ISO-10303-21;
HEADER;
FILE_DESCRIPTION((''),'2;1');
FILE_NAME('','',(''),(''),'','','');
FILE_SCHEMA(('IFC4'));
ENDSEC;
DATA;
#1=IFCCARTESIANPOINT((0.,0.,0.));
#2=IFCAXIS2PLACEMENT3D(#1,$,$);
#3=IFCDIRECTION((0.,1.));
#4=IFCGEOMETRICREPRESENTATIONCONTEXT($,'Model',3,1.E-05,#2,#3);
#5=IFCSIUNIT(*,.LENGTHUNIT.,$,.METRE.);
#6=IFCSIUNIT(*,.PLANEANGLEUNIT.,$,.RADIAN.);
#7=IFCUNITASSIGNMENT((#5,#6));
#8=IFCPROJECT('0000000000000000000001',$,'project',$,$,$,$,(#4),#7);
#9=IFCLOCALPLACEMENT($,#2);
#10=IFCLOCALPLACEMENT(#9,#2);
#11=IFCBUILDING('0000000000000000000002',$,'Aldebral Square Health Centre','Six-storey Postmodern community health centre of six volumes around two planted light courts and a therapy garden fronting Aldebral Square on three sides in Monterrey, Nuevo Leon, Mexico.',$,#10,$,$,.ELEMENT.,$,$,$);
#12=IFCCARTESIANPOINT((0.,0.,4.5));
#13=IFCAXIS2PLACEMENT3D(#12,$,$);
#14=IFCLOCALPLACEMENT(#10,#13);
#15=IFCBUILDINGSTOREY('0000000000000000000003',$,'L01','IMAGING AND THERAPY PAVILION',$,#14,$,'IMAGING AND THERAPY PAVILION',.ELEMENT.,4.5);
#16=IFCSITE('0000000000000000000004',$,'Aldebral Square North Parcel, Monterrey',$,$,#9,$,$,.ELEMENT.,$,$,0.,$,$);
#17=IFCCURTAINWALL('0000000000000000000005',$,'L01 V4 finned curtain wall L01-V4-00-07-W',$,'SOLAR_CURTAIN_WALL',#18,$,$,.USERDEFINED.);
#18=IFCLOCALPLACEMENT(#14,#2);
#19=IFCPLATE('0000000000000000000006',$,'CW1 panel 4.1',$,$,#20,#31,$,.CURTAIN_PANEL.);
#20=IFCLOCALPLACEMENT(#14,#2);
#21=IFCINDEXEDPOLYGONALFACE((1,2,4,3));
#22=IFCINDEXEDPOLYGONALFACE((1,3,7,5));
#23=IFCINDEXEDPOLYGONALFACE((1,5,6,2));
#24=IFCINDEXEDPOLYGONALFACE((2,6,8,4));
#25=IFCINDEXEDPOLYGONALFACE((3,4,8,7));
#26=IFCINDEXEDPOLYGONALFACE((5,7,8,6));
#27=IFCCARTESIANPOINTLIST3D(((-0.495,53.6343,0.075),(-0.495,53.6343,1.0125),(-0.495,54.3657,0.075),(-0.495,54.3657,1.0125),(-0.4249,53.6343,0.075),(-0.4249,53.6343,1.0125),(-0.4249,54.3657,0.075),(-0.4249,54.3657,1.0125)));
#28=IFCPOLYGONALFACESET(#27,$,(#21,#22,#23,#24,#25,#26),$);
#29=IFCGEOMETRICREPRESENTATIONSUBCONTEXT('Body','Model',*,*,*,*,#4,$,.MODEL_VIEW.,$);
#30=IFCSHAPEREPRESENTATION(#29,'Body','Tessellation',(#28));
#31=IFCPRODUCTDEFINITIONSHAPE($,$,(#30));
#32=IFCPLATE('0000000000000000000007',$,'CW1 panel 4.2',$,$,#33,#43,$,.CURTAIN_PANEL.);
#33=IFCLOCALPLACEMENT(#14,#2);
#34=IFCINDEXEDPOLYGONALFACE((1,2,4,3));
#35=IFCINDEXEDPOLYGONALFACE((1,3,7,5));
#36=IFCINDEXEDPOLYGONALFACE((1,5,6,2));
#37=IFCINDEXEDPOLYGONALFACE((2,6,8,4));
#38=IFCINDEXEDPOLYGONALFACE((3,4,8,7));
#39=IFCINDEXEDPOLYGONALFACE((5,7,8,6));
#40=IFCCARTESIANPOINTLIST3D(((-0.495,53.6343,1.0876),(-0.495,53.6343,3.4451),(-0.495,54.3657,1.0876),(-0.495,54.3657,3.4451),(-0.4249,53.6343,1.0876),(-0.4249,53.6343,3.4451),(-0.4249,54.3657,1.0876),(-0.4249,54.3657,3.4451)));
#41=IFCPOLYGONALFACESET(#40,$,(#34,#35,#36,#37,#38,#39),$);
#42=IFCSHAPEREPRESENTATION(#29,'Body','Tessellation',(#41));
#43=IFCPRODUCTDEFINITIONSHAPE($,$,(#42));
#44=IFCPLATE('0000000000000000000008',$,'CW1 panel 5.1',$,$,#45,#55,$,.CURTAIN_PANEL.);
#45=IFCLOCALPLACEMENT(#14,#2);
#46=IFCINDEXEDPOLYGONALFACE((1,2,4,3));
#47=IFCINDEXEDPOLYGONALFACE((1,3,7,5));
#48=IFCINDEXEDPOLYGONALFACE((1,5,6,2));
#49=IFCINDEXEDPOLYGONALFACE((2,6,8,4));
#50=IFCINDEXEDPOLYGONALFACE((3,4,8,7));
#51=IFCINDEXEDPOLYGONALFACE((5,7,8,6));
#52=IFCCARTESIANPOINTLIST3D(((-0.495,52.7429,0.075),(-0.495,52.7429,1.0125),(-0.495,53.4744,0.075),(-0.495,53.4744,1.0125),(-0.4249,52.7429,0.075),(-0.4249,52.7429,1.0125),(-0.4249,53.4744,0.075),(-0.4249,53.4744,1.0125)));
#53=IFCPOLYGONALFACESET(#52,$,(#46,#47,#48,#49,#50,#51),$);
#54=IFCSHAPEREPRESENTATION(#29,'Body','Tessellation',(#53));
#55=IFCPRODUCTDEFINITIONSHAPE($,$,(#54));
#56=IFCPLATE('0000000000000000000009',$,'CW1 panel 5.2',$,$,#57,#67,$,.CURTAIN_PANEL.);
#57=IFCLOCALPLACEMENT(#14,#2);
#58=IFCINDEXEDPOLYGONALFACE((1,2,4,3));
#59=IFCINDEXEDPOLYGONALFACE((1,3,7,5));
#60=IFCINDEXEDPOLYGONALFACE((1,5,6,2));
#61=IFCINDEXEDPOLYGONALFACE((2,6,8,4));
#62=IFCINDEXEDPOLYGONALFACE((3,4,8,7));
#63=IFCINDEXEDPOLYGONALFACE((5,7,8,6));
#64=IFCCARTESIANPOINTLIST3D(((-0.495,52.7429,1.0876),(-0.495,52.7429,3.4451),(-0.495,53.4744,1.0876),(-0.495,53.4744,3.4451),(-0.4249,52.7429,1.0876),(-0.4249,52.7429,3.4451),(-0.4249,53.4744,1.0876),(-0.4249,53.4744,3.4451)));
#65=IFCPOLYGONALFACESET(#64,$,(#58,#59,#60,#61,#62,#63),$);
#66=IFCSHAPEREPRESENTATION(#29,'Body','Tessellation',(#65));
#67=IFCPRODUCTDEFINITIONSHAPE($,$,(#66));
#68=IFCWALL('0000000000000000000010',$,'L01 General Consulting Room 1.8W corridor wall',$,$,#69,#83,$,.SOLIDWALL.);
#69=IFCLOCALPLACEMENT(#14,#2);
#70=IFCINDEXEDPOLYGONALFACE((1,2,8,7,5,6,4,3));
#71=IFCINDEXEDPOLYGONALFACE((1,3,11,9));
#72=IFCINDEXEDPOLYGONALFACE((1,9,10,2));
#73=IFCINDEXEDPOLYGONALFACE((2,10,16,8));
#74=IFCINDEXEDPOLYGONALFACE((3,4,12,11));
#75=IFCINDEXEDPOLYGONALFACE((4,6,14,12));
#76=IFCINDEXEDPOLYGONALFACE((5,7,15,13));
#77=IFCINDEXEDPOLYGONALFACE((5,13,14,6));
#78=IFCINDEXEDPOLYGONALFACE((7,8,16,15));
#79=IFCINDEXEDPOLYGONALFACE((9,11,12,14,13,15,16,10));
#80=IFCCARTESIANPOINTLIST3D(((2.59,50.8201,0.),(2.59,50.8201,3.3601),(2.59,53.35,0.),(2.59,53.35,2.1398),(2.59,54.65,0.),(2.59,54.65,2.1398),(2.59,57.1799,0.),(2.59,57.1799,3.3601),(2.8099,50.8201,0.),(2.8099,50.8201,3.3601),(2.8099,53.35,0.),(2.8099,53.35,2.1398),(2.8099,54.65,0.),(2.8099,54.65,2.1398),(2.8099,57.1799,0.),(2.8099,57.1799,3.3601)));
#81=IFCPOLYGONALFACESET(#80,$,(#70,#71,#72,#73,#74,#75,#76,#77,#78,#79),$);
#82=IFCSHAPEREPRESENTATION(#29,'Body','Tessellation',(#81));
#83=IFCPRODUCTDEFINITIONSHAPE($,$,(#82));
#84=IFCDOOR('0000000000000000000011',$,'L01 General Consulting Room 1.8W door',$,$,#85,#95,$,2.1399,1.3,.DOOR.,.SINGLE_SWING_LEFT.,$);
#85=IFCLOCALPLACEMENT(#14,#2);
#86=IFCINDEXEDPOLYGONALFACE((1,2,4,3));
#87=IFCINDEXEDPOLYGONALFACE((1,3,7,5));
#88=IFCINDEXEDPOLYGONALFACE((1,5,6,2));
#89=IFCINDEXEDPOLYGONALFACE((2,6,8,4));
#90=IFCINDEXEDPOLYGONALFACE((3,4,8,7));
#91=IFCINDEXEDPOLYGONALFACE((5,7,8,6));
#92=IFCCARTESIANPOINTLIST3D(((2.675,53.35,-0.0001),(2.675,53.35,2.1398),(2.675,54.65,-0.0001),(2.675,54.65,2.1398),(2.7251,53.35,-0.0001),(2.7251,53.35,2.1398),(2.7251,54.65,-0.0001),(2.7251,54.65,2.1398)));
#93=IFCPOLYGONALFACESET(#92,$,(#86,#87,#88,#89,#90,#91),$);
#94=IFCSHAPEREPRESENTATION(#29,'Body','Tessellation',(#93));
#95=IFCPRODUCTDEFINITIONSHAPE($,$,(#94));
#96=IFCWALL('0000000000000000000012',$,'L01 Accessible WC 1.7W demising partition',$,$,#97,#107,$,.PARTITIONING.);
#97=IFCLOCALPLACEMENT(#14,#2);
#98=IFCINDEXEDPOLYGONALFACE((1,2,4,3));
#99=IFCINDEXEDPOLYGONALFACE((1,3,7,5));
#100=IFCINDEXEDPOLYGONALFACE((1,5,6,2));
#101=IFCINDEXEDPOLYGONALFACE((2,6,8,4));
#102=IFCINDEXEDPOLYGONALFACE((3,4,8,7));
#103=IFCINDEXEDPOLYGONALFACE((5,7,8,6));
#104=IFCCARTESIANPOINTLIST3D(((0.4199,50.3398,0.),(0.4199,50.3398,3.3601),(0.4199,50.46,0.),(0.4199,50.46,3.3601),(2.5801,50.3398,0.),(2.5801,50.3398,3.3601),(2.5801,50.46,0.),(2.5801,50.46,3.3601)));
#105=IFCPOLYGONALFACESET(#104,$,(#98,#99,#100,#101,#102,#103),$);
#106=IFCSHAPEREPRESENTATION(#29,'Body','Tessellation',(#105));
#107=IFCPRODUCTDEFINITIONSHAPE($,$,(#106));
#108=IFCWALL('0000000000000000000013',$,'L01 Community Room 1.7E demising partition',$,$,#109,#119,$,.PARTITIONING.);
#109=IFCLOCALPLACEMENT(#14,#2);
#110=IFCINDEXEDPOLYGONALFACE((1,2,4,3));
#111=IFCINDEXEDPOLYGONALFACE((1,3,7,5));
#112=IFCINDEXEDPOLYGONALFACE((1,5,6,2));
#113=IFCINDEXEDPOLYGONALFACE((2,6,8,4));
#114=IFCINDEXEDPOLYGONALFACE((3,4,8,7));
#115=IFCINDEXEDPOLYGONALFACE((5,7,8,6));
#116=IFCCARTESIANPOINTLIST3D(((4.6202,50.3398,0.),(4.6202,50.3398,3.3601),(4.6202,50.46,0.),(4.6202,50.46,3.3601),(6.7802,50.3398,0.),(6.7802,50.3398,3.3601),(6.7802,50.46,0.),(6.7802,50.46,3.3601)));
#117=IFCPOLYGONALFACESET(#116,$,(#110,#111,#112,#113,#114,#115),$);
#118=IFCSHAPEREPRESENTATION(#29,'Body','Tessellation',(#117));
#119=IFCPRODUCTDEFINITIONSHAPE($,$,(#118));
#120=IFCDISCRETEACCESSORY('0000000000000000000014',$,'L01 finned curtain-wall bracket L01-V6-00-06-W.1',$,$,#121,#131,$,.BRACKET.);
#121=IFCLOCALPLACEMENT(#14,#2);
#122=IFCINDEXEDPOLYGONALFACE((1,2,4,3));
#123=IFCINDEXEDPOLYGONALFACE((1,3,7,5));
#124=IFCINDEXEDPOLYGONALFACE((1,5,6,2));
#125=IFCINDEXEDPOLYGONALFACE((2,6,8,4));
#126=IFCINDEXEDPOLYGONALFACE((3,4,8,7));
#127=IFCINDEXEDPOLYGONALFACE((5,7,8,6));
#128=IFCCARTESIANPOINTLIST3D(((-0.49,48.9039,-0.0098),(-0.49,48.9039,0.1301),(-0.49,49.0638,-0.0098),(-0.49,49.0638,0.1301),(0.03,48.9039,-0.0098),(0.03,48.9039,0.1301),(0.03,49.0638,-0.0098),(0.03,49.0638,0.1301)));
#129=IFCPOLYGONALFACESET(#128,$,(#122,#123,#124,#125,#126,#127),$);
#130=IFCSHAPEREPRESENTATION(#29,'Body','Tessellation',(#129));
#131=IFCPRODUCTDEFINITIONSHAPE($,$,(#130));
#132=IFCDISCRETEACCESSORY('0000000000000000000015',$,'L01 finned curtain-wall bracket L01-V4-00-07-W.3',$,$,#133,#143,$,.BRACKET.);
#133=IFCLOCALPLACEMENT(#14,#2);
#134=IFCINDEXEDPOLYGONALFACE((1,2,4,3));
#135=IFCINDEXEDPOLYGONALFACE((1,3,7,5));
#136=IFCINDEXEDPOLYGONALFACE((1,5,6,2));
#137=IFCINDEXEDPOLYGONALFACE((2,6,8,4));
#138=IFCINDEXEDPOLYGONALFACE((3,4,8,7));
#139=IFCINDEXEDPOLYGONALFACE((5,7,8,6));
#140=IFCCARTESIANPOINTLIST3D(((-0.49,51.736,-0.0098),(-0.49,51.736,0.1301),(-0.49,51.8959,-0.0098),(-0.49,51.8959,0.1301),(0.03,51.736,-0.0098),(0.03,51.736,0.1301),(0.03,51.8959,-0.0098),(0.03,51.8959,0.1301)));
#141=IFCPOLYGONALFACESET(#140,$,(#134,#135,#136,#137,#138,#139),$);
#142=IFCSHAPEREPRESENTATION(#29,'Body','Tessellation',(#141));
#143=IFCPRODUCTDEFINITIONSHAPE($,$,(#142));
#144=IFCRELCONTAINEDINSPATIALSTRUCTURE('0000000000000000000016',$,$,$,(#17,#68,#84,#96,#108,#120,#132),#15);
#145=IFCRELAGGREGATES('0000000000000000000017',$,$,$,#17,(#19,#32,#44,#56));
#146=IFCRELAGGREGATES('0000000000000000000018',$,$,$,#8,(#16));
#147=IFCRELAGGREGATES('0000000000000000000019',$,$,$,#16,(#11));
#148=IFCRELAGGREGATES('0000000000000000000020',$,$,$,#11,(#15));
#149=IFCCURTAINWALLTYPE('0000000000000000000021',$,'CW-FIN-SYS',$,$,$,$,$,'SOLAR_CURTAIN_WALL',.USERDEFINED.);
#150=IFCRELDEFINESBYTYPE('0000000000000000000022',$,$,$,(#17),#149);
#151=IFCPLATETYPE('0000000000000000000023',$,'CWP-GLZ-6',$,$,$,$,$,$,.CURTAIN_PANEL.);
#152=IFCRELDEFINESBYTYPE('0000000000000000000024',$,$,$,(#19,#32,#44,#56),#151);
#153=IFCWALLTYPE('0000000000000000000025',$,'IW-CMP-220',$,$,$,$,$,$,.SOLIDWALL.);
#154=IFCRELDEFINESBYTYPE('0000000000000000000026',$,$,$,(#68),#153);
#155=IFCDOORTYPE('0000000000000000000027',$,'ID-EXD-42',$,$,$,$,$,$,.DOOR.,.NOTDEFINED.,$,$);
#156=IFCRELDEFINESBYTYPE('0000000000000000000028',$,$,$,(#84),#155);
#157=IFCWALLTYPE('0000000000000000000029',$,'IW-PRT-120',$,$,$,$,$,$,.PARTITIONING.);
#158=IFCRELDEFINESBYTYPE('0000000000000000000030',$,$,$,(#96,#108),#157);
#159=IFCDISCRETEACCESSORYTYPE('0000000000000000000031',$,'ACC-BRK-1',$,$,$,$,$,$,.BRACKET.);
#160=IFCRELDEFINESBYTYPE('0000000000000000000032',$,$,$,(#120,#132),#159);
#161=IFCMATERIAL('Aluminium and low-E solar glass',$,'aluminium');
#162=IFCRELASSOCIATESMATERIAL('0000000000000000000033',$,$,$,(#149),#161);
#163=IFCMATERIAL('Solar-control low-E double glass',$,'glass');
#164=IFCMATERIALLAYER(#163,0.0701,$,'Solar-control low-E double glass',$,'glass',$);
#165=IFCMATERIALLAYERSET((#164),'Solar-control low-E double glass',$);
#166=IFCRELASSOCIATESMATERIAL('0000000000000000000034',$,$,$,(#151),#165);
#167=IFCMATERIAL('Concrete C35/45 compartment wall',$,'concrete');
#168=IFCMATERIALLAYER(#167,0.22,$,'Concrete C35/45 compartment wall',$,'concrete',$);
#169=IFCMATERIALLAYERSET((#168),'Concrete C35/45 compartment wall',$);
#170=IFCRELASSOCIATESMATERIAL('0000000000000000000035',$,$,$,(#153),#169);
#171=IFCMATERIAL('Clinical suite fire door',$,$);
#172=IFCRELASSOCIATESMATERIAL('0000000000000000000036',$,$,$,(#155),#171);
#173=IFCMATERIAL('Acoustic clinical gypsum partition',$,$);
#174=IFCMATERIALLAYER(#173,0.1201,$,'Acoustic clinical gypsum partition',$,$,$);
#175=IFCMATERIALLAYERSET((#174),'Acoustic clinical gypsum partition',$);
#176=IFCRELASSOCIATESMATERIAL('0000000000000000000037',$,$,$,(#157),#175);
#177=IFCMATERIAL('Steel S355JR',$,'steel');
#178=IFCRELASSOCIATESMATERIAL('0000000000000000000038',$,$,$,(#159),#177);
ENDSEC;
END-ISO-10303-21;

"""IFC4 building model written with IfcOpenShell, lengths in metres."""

from ifc_helpers import new_model, si_unit, direction, frame, frame_2d, origin, origin_2d, place, context, subcontext, project, spatial, rectangle, extrude, material, layer, layer_set, type_object, element, fill, aggregate, save


model = new_model("IFC4")

# Units and contexts
model_context = context("Model", 3, precision=1e-05, world=origin(), true_north=direction((0.0, 1.0)))
body_context = subcontext(model_context, "Body", "Model", "MODEL_VIEW")
ifc_project = project(units=[si_unit("LENGTHUNIT", "METRE"), si_unit("PLANEANGLEUNIT", "RADIAN")], contexts=[model_context])

# Site, building, storey
site_placement = place(None, origin())
site = spatial("IfcSite", under=ifc_project, at=site_placement, Name="Aldebral Square North Parcel, Monterrey", CompositionType="ELEMENT", RefElevation=0.0)
building_placement = place(site_placement, origin())
building = spatial("IfcBuilding", under=site, at=building_placement, Name="Aldebral Square Health Centre", Description="Six-storey Postmodern community health centre of six volumes around two planted light courts and a therapy garden fronting Aldebral Square on three sides in Monterrey, Nuevo Leon, Mexico.", CompositionType="ELEMENT")
storey_placement = place(building_placement, frame((0.0, 0.0, 4.5)))
storey = spatial("IfcBuildingStorey", under=building, at=storey_placement, Name="L01", Description="IMAGING AND THERAPY PAVILION", LongName="IMAGING AND THERAPY PAVILION", CompositionType="ELEMENT", Elevation=4.5)

# Curtain wall, plates
ifc_material_1 = material(Name="Aluminium and low-E solar glass", Category="aluminium")
curtain_wall_type = type_object("IfcCurtainWallType", Name="CW-FIN-SYS", ElementType="SOLAR_CURTAIN_WALL", PredefinedType="USERDEFINED", material=ifc_material_1)
curtain_wall_placement = place(storey_placement, origin())
curtain_wall = element("IfcCurtainWall", 1, at=curtain_wall_placement, inside=storey, type_object=curtain_wall_type, Name="L01 V4 finned curtain wall L01-V4-00-07-W", ObjectType="SOLAR_CURTAIN_WALL", PredefinedType="USERDEFINED")
ifc_material_2 = material(Name="Solar-control low-E double glass", Category="glass")
ifc_layer_1 = layer(ifc_material_2, 0.0701, Name="Solar-control low-E double glass", Category="glass")
ifc_layer_set_1 = layer_set([ifc_layer_1], Name="Solar-control low-E double glass")
plate_type = type_object("IfcPlateType", Name="CWP-GLZ-6", PredefinedType="CURTAIN_PANEL", material=ifc_layer_set_1)
plate_1_placement = place(storey_placement, frame((-0.46, 54.0, 0.075), z_axis=(0.0, 0.0, 1.0), x_axis=(0.0, -1.0, 0.0)))
plate_1 = element("IfcPlate", 2, at=plate_1_placement, type_object=plate_type, Name="CW1 panel 4.1", PredefinedType="CURTAIN_PANEL", context=body_context, shape_type="SweptSolid", body=[
    extrude(rectangle(XDim=0.7314, YDim=0.0701, at=origin_2d()), origin(), (0.0, 0.0, 1.0), 0.9375),
])
plate_2_placement = place(storey_placement, frame((-0.46, 54.0, 1.0876), z_axis=(0.0, 0.0, 1.0), x_axis=(0.0, -1.0, 0.0)))
plate_2 = element("IfcPlate", 3, at=plate_2_placement, type_object=plate_type, Name="CW1 panel 4.2", PredefinedType="CURTAIN_PANEL", context=body_context, shape_type="SweptSolid", body=[
    extrude(rectangle(XDim=0.7314, YDim=0.0701, at=origin_2d()), origin(), (0.0, 0.0, 1.0), 2.3574),
])
plate_3_placement = place(storey_placement, frame((-0.46, 53.1086, 0.075), z_axis=(0.0, 0.0, 1.0), x_axis=(0.0, -1.0, 0.0)))
plate_3 = element("IfcPlate", 4, at=plate_3_placement, type_object=plate_type, Name="CW1 panel 5.1", PredefinedType="CURTAIN_PANEL", context=body_context, shape_type="SweptSolid", body=[
    extrude(rectangle(XDim=0.7314, YDim=0.0701, at=origin_2d()), origin(), (0.0, 0.0, 1.0), 0.9375),
])
plate_4_placement = place(storey_placement, frame((-0.46, 53.1086, 1.0876), z_axis=(0.0, 0.0, 1.0), x_axis=(0.0, -1.0, 0.0)))
plate_4 = element("IfcPlate", 5, at=plate_4_placement, type_object=plate_type, Name="CW1 panel 5.2", PredefinedType="CURTAIN_PANEL", context=body_context, shape_type="SweptSolid", body=[
    extrude(rectangle(XDim=0.7314, YDim=0.0701, at=origin_2d()), origin(), (0.0, 0.0, 1.0), 2.3574),
])
aggregate(curtain_wall, [plate_1, plate_2, plate_3, plate_4])

# Wall, opening, door
ifc_material_3 = material(Name="Concrete C35/45 compartment wall", Category="concrete")
ifc_material_4 = material(Name="Clinical suite fire door")
ifc_layer_2 = layer(ifc_material_3, 0.22, Name="Concrete C35/45 compartment wall", Category="concrete")
ifc_layer_set_2 = layer_set([ifc_layer_2], Name="Concrete C35/45 compartment wall")
wall_type_1 = type_object("IfcWallType", Name="IW-CMP-220", PredefinedType="SOLIDWALL", material=ifc_layer_set_2)
wall_1_placement = place(storey_placement, frame((2.7, 50.8201, 0.0), z_axis=(0.0, 0.0, 1.0), x_axis=(0.0, 1.0, 0.0)))
wall_1 = element("IfcWall", 6, at=wall_1_placement, inside=storey, type_object=wall_type_1, Name="L01 General Consulting Room 1.8W corridor wall", PredefinedType="SOLIDWALL", context=body_context, shape_type="SweptSolid", body=[
    extrude(rectangle(XDim=6.3599, YDim=0.22, at=frame_2d((3.1799, 0.0))), origin(), (0.0, 0.0, 1.0), 3.3601),
])
opening_1_placement = place(wall_1_placement, frame((2.53, 0.0, 0.0)))
opening_1 = element("IfcOpeningElement", 7, at=opening_1_placement, cuts=wall_1, PredefinedType="OPENING", context=body_context, shape_type="SweptSolid", body=[
    extrude(rectangle(XDim=1.3, YDim=2.1399, at=frame_2d((0.6499, 1.0698))), frame((0.0, 0.1201, 0.0), z_axis=(0.0, -1.0, 0.0), x_axis=(1.0, 0.0, 0.0)), (0.0, 0.0, 1.0), 0.24),
])
door_type_1 = type_object("IfcDoorType", Name="ID-EXD-42", OperationType="NOTDEFINED", PredefinedType="DOOR", material=ifc_material_4)
door_1_placement = place(opening_1_placement, origin())
door_1 = element("IfcDoor", 8, at=door_1_placement, inside=storey, type_object=door_type_1, Name="L01 General Consulting Room 1.8W door", OperationType="SINGLE_SWING_LEFT", OverallHeight=2.1399, OverallWidth=1.3, PredefinedType="DOOR", context=body_context, shape_type="SweptSolid", body=[
    extrude(rectangle(XDim=1.3, YDim=2.1399, at=frame_2d((0.6499, 1.0698))), frame((0.0, 0.0249, 0.0), z_axis=(0.0, -1.0, 0.0), x_axis=(1.0, 0.0, 0.0)), (0.0, 0.0, 1.0), 0.05),
])
fill(opening_1, door_1)

# Walls
ifc_material_5 = material(Name="Acoustic clinical gypsum partition")
ifc_layer_3 = layer(ifc_material_5, 0.1201, Name="Acoustic clinical gypsum partition")
ifc_layer_set_3 = layer_set([ifc_layer_3], Name="Acoustic clinical gypsum partition")
wall_type_2 = type_object("IfcWallType", Name="IW-PRT-120", PredefinedType="PARTITIONING", material=ifc_layer_set_3)
wall_2_placement = place(storey_placement, frame((0.4199, 50.3999, 0.0), z_axis=(0.0, 0.0, 1.0), x_axis=(1.0, 0.0, 0.0)))
element("IfcWall", 9, at=wall_2_placement, inside=storey, type_object=wall_type_2, Name="L01 Accessible WC 1.7W demising partition", PredefinedType="PARTITIONING", context=body_context, shape_type="SweptSolid", body=[
    extrude(rectangle(XDim=2.1602, YDim=0.1201, at=frame_2d((1.0801, 0.0))), origin(), (0.0, 0.0, 1.0), 3.3601),
])
wall_3_placement = place(storey_placement, frame((4.6201, 50.3999, 0.0), z_axis=(0.0, 0.0, 1.0), x_axis=(1.0, 0.0, 0.0)))
element("IfcWall", 10, at=wall_3_placement, inside=storey, type_object=wall_type_2, Name="L01 Community Room 1.7E demising partition", PredefinedType="PARTITIONING", context=body_context, shape_type="SweptSolid", body=[
    extrude(rectangle(XDim=2.1599, YDim=0.1201, at=frame_2d((1.0801, 0.0))), origin(), (0.0, 0.0, 1.0), 3.3601),
])

# Discrete accessories
ifc_material_6 = material(Name="Steel S355JR", Category="steel")
discrete_accessory_type = type_object("IfcDiscreteAccessoryType", Name="ACC-BRK-1", PredefinedType="BRACKET", material=ifc_material_6)
for number, where, z_axis, x_axis, name in (
    (11, (-0.23, 48.9839, -0.0098), (0.0, 0.0, 1.0), (0.0, 1.0, 0.0), "L01 finned curtain-wall bracket L01-V6-00-06-W.1"),
    (12, (-0.23, 51.8159, -0.0098), (0.0, 0.0, 1.0), (0.0, 1.0, 0.0), "L01 finned curtain-wall bracket L01-V4-00-07-W.3"),
):
    element("IfcDiscreteAccessory", number, at=place(storey_placement, frame(where, z_axis=z_axis, x_axis=x_axis)), inside=storey, type_object=discrete_accessory_type, Name=name, PredefinedType="BRACKET", context=body_context, shape_type="SweptSolid", body=[
        extrude(rectangle(XDim=0.1599, YDim=0.52, at=origin_2d()), origin(), (0.0, 0.0, 1.0), 0.1399),
    ])

save(model, "model.ifc")
